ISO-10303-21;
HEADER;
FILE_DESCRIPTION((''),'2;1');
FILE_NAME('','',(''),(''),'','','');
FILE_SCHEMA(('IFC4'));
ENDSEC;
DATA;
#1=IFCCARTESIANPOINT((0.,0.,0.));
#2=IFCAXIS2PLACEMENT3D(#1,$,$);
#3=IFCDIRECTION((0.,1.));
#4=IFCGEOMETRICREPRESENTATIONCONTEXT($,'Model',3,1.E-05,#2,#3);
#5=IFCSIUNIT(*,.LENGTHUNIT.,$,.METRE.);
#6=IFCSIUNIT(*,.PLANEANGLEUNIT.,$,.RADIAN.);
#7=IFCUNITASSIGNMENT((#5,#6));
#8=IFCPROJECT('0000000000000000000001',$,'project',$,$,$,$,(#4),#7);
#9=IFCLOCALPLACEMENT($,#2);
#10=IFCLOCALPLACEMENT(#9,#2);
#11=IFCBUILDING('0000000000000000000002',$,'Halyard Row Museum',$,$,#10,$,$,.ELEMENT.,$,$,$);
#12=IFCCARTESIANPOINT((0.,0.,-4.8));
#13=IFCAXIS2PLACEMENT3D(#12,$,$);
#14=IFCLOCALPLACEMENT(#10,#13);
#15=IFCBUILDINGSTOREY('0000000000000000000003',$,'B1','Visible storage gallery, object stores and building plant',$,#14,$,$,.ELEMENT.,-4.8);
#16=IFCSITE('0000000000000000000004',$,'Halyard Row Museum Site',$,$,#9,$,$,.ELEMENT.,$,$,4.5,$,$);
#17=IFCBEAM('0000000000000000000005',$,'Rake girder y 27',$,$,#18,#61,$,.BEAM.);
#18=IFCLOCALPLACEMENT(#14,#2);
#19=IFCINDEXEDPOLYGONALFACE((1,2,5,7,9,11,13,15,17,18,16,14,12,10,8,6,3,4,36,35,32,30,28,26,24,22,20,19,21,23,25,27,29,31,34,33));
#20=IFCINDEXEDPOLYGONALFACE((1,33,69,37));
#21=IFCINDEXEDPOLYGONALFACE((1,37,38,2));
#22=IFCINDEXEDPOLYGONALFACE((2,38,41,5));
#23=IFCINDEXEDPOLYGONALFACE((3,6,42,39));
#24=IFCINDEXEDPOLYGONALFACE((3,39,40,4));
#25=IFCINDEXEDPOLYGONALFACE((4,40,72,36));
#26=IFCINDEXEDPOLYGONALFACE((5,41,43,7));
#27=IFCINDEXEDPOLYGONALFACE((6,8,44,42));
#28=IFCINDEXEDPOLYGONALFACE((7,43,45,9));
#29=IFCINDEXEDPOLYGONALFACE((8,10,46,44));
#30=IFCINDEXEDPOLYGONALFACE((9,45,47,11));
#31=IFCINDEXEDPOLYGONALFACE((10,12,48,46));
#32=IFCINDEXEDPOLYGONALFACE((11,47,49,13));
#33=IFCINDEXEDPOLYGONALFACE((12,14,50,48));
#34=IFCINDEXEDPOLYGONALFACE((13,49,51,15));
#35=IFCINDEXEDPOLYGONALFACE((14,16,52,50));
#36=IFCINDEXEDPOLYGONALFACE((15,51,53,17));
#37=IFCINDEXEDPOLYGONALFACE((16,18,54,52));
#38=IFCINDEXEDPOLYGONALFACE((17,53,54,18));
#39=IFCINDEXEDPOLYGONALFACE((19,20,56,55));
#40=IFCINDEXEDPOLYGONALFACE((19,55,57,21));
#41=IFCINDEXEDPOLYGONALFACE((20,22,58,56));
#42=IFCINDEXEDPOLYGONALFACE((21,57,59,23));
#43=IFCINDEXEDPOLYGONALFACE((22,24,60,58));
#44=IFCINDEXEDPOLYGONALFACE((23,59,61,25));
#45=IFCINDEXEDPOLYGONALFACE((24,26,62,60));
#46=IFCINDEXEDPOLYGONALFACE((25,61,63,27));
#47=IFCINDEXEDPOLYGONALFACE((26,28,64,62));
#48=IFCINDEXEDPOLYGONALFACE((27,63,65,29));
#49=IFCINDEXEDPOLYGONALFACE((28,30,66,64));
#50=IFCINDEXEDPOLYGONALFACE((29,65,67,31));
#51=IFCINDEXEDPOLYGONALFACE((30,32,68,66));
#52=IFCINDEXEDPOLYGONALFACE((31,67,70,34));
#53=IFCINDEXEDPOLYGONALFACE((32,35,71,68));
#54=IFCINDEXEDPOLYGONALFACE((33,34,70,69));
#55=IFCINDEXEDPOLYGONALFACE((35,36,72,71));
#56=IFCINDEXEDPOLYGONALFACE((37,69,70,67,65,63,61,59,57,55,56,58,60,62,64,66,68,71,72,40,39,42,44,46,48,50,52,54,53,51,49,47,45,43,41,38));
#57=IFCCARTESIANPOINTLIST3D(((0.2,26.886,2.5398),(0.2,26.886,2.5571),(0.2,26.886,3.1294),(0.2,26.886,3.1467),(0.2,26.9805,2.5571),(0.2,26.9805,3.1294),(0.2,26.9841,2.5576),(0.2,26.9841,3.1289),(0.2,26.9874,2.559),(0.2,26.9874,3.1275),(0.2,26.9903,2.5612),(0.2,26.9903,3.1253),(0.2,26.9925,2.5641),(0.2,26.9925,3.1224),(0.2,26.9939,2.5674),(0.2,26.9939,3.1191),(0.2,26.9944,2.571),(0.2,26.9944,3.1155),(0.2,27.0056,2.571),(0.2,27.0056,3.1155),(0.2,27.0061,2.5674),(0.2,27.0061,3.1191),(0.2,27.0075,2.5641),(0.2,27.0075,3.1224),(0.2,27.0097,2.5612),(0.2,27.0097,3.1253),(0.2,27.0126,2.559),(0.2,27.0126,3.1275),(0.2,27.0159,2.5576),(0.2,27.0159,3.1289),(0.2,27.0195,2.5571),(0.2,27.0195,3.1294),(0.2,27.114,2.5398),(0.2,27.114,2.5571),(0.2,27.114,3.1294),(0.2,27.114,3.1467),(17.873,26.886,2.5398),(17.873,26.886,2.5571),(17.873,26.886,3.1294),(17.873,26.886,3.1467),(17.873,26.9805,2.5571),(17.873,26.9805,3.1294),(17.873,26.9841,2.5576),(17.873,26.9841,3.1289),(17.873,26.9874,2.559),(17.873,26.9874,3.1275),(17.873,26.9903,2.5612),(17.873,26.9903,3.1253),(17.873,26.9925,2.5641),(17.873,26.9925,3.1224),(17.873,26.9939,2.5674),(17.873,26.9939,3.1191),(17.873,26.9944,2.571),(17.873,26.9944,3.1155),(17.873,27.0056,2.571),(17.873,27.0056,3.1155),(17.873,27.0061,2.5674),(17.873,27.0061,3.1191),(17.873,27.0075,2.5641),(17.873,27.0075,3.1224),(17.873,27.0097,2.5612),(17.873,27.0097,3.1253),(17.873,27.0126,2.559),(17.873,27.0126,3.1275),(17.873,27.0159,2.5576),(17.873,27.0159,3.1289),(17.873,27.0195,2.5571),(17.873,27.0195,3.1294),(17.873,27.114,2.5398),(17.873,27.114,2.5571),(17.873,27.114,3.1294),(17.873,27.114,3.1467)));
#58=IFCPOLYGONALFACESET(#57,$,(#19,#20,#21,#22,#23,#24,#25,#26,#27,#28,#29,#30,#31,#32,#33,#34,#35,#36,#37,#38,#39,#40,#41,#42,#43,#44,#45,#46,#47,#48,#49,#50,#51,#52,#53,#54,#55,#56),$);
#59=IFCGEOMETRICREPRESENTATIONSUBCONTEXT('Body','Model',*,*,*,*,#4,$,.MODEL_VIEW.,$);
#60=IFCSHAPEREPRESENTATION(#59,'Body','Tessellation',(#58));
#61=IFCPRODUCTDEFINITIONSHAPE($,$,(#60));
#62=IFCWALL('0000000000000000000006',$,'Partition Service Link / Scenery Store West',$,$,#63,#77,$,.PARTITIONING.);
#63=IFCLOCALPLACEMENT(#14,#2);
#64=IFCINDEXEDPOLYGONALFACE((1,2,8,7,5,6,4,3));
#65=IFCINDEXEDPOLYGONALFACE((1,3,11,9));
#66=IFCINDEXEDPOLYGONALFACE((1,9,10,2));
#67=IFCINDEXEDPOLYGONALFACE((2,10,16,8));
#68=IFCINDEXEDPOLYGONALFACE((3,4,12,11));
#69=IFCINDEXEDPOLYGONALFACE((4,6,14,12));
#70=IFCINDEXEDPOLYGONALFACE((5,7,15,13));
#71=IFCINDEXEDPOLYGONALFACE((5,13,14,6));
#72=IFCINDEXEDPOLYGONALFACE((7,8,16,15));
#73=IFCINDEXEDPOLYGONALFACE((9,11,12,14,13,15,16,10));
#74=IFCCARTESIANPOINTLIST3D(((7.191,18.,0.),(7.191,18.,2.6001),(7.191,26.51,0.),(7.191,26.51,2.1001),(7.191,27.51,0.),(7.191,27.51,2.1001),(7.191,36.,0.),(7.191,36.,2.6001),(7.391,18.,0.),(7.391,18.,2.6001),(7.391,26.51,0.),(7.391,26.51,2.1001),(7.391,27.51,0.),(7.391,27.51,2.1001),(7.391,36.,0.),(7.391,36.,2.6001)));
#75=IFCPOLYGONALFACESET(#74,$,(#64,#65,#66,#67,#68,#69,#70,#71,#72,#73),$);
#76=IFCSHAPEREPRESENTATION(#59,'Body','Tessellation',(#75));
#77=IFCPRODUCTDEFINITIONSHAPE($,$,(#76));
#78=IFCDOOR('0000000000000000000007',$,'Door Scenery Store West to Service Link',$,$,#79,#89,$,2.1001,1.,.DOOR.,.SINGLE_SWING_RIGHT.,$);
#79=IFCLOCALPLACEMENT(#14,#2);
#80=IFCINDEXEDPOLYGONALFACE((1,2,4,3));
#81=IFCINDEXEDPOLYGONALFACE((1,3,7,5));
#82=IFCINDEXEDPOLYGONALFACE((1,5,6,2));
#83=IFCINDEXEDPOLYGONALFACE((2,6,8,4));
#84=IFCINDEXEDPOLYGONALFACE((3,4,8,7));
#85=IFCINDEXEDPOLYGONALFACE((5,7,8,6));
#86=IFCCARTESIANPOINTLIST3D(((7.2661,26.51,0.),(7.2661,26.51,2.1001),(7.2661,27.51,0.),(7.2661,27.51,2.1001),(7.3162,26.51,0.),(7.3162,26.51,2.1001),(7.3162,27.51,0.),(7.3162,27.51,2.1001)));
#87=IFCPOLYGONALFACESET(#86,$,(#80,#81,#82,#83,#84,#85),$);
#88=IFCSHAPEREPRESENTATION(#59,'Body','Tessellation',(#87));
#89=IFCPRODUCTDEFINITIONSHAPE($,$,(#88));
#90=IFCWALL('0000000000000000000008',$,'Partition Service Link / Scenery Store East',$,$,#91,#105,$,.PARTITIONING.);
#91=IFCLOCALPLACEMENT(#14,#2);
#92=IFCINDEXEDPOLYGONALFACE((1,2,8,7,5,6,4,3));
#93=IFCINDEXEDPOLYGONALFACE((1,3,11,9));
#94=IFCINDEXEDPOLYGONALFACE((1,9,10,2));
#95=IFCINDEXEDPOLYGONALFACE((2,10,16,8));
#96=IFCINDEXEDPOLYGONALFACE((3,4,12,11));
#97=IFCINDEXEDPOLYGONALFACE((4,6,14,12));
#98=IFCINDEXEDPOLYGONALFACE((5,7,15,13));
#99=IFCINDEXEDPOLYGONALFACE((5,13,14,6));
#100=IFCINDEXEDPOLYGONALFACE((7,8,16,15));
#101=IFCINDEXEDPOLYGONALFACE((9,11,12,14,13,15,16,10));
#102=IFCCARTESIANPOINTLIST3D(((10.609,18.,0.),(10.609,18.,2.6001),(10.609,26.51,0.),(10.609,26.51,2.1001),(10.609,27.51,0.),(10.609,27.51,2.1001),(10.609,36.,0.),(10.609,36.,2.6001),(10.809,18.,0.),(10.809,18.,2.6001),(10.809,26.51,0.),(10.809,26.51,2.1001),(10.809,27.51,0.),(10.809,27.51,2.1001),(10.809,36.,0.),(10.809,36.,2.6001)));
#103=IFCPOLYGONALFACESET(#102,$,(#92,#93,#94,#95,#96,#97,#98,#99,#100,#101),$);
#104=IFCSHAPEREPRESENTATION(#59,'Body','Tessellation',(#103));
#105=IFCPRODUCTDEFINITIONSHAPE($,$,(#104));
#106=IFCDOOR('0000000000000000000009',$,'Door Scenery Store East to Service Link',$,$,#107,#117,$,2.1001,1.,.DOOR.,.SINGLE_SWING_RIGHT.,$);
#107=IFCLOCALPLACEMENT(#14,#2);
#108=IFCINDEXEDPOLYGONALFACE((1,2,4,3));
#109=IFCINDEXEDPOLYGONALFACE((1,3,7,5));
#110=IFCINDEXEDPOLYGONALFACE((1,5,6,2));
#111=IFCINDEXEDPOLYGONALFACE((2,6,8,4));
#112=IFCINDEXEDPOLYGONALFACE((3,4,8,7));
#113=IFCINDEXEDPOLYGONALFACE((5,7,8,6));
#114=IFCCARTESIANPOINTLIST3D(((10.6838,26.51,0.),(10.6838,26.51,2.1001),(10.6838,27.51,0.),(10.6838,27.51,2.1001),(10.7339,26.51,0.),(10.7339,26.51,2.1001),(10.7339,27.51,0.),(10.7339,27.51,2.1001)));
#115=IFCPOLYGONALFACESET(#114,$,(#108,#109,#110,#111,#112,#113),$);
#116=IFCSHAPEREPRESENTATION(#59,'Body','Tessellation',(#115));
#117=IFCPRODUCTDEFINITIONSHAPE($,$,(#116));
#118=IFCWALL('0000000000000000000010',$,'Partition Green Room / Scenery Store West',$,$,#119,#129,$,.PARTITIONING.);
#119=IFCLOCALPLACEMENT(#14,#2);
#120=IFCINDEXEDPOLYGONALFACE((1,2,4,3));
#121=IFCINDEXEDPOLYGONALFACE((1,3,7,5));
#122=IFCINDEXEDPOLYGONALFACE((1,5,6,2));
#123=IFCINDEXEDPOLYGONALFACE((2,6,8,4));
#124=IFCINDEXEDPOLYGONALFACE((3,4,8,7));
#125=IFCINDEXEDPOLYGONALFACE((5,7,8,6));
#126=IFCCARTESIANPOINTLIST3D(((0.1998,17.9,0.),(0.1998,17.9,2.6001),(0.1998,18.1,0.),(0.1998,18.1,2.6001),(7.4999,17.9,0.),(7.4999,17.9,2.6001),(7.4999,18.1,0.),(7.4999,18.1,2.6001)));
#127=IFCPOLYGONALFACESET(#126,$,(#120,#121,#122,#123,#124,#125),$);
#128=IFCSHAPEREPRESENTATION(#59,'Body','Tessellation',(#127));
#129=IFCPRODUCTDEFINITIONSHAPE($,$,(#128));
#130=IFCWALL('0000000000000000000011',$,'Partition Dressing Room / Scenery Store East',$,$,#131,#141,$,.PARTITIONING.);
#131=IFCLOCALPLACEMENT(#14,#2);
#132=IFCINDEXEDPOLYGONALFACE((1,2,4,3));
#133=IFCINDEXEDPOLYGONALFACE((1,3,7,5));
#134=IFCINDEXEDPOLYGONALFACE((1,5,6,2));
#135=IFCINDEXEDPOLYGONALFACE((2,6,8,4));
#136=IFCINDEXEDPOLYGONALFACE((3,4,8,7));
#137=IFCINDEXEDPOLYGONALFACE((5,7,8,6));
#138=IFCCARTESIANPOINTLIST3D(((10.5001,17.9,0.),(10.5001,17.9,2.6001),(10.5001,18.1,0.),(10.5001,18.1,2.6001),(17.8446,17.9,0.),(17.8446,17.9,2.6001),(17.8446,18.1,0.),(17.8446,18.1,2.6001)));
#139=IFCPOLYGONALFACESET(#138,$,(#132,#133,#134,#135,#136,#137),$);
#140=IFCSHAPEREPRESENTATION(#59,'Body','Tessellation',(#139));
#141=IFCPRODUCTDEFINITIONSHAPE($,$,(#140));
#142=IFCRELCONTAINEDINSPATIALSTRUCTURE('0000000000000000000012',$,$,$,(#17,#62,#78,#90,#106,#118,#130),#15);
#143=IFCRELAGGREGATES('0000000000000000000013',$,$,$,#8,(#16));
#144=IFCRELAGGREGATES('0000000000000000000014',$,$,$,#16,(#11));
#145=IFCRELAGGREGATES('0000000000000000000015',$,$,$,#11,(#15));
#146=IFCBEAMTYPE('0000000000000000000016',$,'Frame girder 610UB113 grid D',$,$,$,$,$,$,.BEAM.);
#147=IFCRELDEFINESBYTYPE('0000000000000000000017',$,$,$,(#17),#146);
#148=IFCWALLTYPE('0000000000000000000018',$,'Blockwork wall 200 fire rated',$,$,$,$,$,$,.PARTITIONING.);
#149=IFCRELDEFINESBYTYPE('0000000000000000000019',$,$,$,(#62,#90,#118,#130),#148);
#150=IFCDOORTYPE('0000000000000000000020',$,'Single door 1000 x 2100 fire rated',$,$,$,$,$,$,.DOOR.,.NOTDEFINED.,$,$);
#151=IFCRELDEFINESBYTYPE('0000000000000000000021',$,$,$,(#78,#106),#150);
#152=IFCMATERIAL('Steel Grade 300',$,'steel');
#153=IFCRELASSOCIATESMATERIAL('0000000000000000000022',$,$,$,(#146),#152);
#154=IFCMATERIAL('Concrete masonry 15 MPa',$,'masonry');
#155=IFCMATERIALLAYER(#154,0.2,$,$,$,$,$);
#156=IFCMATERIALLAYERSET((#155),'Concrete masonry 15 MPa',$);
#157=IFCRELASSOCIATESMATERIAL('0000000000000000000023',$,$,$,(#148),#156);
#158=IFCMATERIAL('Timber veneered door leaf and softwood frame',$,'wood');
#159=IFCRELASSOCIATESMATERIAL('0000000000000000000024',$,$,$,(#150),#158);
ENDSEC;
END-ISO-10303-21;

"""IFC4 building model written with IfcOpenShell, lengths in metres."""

from ifc_helpers import new_model, si_unit, direction, frame, frame_2d, origin, origin_2d, place, context, subcontext, project, spatial, rectangle, i_section, extrude, material, layer, layer_set, material_profile, profile_set, type_object, element, fill, save


model = new_model("IFC4")

# Units and contexts
model_context = context("Model", 3, precision=1e-05, world=origin(), true_north=direction((0.0, 1.0)))
body_context = subcontext(model_context, "Body", "Model", "MODEL_VIEW")
ifc_project = project(units=[si_unit("LENGTHUNIT", "METRE"), si_unit("PLANEANGLEUNIT", "RADIAN")], contexts=[model_context])

# Site, building, storey
site_placement = place(None, origin())
site = spatial("IfcSite", under=ifc_project, at=site_placement, Name="Halyard Row Museum Site", CompositionType="ELEMENT", RefElevation=4.5)
building_placement = place(site_placement, origin())
building = spatial("IfcBuilding", under=site, at=building_placement, Name="Halyard Row Museum", CompositionType="ELEMENT")
storey_placement = place(building_placement, frame((0.0, 0.0, -4.8)))
storey = spatial("IfcBuildingStorey", under=building, at=storey_placement, Name="B1", Description="Visible storage gallery, object stores and building plant", CompositionType="ELEMENT", Elevation=-4.8)

# Beam
ifc_material_1 = material(Name="Steel Grade 300", Category="steel")
ifc_material_profile_1 = material_profile(ifc_material_1, i_section(OverallWidth=0.228, OverallDepth=0.6069, WebThickness=0.0112, FlangeThickness=0.0173, FilletRadius=0.0139, at=origin_2d()), Name="610UB113")
ifc_profile_set_1 = profile_set([ifc_material_profile_1], Name="Steel Grade 300")
beam_type_1 = type_object("IfcBeamType", Name="Frame girder 610UB113 grid D", PredefinedType="BEAM", material=ifc_profile_set_1)
beam_placement = place(storey_placement, frame((0.2, 27.0, 2.8433), z_axis=(1.0, 0.0, 0.0), x_axis=(0.0, 1.0, 0.0)))
element("IfcBeam", 1, at=beam_placement, inside=storey, type_object=beam_type_1, Name="Rake girder y 27", PredefinedType="BEAM", context=body_context, shape_type="SweptSolid", body=[
    extrude(i_section(OverallWidth=0.228, OverallDepth=0.6069, WebThickness=0.0112, FlangeThickness=0.0173, FilletRadius=0.0139, at=origin_2d()), origin(), (0.0, 0.0, 1.0), 17.6731),
])

# Walls, openings, doors
ifc_material_2 = material(Name="Concrete masonry 15 MPa", Category="masonry")
ifc_layer = layer(ifc_material_2, 0.2)
ifc_layer_set = layer_set([ifc_layer], Name="Concrete masonry 15 MPa")
wall_type = type_object("IfcWallType", Name="Blockwork wall 200 fire rated", PredefinedType="PARTITIONING", material=ifc_layer_set)
wall_1_placement = place(storey_placement, frame((7.291, 18.0, 0.0), z_axis=(0.0, 0.0, 1.0), x_axis=(0.0, 1.0, 0.0)))
wall_1 = element("IfcWall", 2, at=wall_1_placement, inside=storey, type_object=wall_type, Name="Partition Service Link / Scenery Store West", PredefinedType="PARTITIONING", context=body_context, shape_type="SweptSolid", body=[
    extrude(rectangle(XDim=18.0, YDim=0.2, at=frame_2d((9.0, 0.0))), origin(), (0.0, 0.0, 1.0), 2.6001),
])
opening_1_placement = place(wall_1_placement, frame((8.51, 0.0, 0.0)))
opening_1 = element("IfcOpeningElement", 3, at=opening_1_placement, cuts=wall_1, PredefinedType="OPENING", context=body_context, shape_type="SweptSolid", body=[
    extrude(rectangle(XDim=1.0, YDim=2.1001, at=frame_2d((0.5, 1.05))), frame((0.0, 0.1099, 0.0), z_axis=(0.0, -1.0, 0.0), x_axis=(1.0, 0.0, 0.0)), (0.0, 0.0, 1.0), 0.22),
])
ifc_material_3 = material(Name="Timber veneered door leaf and softwood frame", Category="wood")
door_type = type_object("IfcDoorType", Name="Single door 1000 x 2100 fire rated", OperationType="NOTDEFINED", PredefinedType="DOOR", material=ifc_material_3)
door_1_placement = place(opening_1_placement, origin())
door_1 = element("IfcDoor", 4, at=door_1_placement, inside=storey, type_object=door_type, Name="Door Scenery Store West to Service Link", OperationType="SINGLE_SWING_RIGHT", OverallHeight=2.1001, OverallWidth=1.0, PredefinedType="DOOR", context=body_context, shape_type="SweptSolid", body=[
    extrude(rectangle(XDim=1.0, YDim=2.1001, at=frame_2d((0.5, 1.05))), frame((0.0, 0.0249, 0.0), z_axis=(0.0, -1.0, 0.0), x_axis=(1.0, 0.0, 0.0)), (0.0, 0.0, 1.0), 0.05),
])
fill(opening_1, door_1)
wall_2_placement = place(storey_placement, frame((10.709, 18.0, 0.0), z_axis=(0.0, 0.0, 1.0), x_axis=(0.0, 1.0, 0.0)))
wall_2 = element("IfcWall", 5, at=wall_2_placement, inside=storey, type_object=wall_type, Name="Partition Service Link / Scenery Store East", PredefinedType="PARTITIONING", context=body_context, shape_type="SweptSolid", body=[
    extrude(rectangle(XDim=18.0, YDim=0.2, at=frame_2d((9.0, 0.0))), origin(), (0.0, 0.0, 1.0), 2.6001),
])
opening_2_placement = place(wall_2_placement, frame((8.51, 0.0, 0.0)))
opening_2 = element("IfcOpeningElement", 6, at=opening_2_placement, cuts=wall_2, PredefinedType="OPENING", context=body_context, shape_type="SweptSolid", body=[
    extrude(rectangle(XDim=1.0, YDim=2.1001, at=frame_2d((0.5, 1.05))), frame((0.0, 0.1099, 0.0), z_axis=(0.0, -1.0, 0.0), x_axis=(1.0, 0.0, 0.0)), (0.0, 0.0, 1.0), 0.22),
])
door_2_placement = place(opening_2_placement, frame((1.0, 0.0, 0.0), z_axis=(0.0, 0.0, 1.0), x_axis=(-1.0, 0.0, 0.0)))
door_2 = element("IfcDoor", 7, at=door_2_placement, inside=storey, type_object=door_type, Name="Door Scenery Store East to Service Link", OperationType="SINGLE_SWING_RIGHT", OverallHeight=2.1001, OverallWidth=1.0, PredefinedType="DOOR", context=body_context, shape_type="SweptSolid", body=[
    extrude(rectangle(XDim=1.0, YDim=2.1001, at=frame_2d((0.5, 1.05))), frame((0.0, 0.0249, 0.0), z_axis=(0.0, -1.0, 0.0), x_axis=(1.0, 0.0, 0.0)), (0.0, 0.0, 1.0), 0.05),
])
fill(opening_2, door_2)

# Walls
wall_3_placement = place(storey_placement, frame((0.2, 18.0, 0.0), z_axis=(0.0, 0.0, 1.0), x_axis=(1.0, 0.0, 0.0)))
element("IfcWall", 8, at=wall_3_placement, inside=storey, type_object=wall_type, Name="Partition Green Room / Scenery Store West", PredefinedType="PARTITIONING", context=body_context, shape_type="SweptSolid", body=[
    extrude(rectangle(XDim=7.3, YDim=0.2, at=frame_2d((3.6499, 0.0))), origin(), (0.0, 0.0, 1.0), 2.6001),
])
wall_4_placement = place(storey_placement, frame((10.5, 18.0, 0.0), z_axis=(0.0, 0.0, 1.0), x_axis=(1.0, 0.0, 0.0)))
element("IfcWall", 9, at=wall_4_placement, inside=storey, type_object=wall_type, Name="Partition Dressing Room / Scenery Store East", PredefinedType="PARTITIONING", context=body_context, shape_type="SweptSolid", body=[
    extrude(rectangle(XDim=7.3445, YDim=0.2, at=frame_2d((3.6724, 0.0))), origin(), (0.0, 0.0, 1.0), 2.6001),
])

save(model, "model.ifc")
